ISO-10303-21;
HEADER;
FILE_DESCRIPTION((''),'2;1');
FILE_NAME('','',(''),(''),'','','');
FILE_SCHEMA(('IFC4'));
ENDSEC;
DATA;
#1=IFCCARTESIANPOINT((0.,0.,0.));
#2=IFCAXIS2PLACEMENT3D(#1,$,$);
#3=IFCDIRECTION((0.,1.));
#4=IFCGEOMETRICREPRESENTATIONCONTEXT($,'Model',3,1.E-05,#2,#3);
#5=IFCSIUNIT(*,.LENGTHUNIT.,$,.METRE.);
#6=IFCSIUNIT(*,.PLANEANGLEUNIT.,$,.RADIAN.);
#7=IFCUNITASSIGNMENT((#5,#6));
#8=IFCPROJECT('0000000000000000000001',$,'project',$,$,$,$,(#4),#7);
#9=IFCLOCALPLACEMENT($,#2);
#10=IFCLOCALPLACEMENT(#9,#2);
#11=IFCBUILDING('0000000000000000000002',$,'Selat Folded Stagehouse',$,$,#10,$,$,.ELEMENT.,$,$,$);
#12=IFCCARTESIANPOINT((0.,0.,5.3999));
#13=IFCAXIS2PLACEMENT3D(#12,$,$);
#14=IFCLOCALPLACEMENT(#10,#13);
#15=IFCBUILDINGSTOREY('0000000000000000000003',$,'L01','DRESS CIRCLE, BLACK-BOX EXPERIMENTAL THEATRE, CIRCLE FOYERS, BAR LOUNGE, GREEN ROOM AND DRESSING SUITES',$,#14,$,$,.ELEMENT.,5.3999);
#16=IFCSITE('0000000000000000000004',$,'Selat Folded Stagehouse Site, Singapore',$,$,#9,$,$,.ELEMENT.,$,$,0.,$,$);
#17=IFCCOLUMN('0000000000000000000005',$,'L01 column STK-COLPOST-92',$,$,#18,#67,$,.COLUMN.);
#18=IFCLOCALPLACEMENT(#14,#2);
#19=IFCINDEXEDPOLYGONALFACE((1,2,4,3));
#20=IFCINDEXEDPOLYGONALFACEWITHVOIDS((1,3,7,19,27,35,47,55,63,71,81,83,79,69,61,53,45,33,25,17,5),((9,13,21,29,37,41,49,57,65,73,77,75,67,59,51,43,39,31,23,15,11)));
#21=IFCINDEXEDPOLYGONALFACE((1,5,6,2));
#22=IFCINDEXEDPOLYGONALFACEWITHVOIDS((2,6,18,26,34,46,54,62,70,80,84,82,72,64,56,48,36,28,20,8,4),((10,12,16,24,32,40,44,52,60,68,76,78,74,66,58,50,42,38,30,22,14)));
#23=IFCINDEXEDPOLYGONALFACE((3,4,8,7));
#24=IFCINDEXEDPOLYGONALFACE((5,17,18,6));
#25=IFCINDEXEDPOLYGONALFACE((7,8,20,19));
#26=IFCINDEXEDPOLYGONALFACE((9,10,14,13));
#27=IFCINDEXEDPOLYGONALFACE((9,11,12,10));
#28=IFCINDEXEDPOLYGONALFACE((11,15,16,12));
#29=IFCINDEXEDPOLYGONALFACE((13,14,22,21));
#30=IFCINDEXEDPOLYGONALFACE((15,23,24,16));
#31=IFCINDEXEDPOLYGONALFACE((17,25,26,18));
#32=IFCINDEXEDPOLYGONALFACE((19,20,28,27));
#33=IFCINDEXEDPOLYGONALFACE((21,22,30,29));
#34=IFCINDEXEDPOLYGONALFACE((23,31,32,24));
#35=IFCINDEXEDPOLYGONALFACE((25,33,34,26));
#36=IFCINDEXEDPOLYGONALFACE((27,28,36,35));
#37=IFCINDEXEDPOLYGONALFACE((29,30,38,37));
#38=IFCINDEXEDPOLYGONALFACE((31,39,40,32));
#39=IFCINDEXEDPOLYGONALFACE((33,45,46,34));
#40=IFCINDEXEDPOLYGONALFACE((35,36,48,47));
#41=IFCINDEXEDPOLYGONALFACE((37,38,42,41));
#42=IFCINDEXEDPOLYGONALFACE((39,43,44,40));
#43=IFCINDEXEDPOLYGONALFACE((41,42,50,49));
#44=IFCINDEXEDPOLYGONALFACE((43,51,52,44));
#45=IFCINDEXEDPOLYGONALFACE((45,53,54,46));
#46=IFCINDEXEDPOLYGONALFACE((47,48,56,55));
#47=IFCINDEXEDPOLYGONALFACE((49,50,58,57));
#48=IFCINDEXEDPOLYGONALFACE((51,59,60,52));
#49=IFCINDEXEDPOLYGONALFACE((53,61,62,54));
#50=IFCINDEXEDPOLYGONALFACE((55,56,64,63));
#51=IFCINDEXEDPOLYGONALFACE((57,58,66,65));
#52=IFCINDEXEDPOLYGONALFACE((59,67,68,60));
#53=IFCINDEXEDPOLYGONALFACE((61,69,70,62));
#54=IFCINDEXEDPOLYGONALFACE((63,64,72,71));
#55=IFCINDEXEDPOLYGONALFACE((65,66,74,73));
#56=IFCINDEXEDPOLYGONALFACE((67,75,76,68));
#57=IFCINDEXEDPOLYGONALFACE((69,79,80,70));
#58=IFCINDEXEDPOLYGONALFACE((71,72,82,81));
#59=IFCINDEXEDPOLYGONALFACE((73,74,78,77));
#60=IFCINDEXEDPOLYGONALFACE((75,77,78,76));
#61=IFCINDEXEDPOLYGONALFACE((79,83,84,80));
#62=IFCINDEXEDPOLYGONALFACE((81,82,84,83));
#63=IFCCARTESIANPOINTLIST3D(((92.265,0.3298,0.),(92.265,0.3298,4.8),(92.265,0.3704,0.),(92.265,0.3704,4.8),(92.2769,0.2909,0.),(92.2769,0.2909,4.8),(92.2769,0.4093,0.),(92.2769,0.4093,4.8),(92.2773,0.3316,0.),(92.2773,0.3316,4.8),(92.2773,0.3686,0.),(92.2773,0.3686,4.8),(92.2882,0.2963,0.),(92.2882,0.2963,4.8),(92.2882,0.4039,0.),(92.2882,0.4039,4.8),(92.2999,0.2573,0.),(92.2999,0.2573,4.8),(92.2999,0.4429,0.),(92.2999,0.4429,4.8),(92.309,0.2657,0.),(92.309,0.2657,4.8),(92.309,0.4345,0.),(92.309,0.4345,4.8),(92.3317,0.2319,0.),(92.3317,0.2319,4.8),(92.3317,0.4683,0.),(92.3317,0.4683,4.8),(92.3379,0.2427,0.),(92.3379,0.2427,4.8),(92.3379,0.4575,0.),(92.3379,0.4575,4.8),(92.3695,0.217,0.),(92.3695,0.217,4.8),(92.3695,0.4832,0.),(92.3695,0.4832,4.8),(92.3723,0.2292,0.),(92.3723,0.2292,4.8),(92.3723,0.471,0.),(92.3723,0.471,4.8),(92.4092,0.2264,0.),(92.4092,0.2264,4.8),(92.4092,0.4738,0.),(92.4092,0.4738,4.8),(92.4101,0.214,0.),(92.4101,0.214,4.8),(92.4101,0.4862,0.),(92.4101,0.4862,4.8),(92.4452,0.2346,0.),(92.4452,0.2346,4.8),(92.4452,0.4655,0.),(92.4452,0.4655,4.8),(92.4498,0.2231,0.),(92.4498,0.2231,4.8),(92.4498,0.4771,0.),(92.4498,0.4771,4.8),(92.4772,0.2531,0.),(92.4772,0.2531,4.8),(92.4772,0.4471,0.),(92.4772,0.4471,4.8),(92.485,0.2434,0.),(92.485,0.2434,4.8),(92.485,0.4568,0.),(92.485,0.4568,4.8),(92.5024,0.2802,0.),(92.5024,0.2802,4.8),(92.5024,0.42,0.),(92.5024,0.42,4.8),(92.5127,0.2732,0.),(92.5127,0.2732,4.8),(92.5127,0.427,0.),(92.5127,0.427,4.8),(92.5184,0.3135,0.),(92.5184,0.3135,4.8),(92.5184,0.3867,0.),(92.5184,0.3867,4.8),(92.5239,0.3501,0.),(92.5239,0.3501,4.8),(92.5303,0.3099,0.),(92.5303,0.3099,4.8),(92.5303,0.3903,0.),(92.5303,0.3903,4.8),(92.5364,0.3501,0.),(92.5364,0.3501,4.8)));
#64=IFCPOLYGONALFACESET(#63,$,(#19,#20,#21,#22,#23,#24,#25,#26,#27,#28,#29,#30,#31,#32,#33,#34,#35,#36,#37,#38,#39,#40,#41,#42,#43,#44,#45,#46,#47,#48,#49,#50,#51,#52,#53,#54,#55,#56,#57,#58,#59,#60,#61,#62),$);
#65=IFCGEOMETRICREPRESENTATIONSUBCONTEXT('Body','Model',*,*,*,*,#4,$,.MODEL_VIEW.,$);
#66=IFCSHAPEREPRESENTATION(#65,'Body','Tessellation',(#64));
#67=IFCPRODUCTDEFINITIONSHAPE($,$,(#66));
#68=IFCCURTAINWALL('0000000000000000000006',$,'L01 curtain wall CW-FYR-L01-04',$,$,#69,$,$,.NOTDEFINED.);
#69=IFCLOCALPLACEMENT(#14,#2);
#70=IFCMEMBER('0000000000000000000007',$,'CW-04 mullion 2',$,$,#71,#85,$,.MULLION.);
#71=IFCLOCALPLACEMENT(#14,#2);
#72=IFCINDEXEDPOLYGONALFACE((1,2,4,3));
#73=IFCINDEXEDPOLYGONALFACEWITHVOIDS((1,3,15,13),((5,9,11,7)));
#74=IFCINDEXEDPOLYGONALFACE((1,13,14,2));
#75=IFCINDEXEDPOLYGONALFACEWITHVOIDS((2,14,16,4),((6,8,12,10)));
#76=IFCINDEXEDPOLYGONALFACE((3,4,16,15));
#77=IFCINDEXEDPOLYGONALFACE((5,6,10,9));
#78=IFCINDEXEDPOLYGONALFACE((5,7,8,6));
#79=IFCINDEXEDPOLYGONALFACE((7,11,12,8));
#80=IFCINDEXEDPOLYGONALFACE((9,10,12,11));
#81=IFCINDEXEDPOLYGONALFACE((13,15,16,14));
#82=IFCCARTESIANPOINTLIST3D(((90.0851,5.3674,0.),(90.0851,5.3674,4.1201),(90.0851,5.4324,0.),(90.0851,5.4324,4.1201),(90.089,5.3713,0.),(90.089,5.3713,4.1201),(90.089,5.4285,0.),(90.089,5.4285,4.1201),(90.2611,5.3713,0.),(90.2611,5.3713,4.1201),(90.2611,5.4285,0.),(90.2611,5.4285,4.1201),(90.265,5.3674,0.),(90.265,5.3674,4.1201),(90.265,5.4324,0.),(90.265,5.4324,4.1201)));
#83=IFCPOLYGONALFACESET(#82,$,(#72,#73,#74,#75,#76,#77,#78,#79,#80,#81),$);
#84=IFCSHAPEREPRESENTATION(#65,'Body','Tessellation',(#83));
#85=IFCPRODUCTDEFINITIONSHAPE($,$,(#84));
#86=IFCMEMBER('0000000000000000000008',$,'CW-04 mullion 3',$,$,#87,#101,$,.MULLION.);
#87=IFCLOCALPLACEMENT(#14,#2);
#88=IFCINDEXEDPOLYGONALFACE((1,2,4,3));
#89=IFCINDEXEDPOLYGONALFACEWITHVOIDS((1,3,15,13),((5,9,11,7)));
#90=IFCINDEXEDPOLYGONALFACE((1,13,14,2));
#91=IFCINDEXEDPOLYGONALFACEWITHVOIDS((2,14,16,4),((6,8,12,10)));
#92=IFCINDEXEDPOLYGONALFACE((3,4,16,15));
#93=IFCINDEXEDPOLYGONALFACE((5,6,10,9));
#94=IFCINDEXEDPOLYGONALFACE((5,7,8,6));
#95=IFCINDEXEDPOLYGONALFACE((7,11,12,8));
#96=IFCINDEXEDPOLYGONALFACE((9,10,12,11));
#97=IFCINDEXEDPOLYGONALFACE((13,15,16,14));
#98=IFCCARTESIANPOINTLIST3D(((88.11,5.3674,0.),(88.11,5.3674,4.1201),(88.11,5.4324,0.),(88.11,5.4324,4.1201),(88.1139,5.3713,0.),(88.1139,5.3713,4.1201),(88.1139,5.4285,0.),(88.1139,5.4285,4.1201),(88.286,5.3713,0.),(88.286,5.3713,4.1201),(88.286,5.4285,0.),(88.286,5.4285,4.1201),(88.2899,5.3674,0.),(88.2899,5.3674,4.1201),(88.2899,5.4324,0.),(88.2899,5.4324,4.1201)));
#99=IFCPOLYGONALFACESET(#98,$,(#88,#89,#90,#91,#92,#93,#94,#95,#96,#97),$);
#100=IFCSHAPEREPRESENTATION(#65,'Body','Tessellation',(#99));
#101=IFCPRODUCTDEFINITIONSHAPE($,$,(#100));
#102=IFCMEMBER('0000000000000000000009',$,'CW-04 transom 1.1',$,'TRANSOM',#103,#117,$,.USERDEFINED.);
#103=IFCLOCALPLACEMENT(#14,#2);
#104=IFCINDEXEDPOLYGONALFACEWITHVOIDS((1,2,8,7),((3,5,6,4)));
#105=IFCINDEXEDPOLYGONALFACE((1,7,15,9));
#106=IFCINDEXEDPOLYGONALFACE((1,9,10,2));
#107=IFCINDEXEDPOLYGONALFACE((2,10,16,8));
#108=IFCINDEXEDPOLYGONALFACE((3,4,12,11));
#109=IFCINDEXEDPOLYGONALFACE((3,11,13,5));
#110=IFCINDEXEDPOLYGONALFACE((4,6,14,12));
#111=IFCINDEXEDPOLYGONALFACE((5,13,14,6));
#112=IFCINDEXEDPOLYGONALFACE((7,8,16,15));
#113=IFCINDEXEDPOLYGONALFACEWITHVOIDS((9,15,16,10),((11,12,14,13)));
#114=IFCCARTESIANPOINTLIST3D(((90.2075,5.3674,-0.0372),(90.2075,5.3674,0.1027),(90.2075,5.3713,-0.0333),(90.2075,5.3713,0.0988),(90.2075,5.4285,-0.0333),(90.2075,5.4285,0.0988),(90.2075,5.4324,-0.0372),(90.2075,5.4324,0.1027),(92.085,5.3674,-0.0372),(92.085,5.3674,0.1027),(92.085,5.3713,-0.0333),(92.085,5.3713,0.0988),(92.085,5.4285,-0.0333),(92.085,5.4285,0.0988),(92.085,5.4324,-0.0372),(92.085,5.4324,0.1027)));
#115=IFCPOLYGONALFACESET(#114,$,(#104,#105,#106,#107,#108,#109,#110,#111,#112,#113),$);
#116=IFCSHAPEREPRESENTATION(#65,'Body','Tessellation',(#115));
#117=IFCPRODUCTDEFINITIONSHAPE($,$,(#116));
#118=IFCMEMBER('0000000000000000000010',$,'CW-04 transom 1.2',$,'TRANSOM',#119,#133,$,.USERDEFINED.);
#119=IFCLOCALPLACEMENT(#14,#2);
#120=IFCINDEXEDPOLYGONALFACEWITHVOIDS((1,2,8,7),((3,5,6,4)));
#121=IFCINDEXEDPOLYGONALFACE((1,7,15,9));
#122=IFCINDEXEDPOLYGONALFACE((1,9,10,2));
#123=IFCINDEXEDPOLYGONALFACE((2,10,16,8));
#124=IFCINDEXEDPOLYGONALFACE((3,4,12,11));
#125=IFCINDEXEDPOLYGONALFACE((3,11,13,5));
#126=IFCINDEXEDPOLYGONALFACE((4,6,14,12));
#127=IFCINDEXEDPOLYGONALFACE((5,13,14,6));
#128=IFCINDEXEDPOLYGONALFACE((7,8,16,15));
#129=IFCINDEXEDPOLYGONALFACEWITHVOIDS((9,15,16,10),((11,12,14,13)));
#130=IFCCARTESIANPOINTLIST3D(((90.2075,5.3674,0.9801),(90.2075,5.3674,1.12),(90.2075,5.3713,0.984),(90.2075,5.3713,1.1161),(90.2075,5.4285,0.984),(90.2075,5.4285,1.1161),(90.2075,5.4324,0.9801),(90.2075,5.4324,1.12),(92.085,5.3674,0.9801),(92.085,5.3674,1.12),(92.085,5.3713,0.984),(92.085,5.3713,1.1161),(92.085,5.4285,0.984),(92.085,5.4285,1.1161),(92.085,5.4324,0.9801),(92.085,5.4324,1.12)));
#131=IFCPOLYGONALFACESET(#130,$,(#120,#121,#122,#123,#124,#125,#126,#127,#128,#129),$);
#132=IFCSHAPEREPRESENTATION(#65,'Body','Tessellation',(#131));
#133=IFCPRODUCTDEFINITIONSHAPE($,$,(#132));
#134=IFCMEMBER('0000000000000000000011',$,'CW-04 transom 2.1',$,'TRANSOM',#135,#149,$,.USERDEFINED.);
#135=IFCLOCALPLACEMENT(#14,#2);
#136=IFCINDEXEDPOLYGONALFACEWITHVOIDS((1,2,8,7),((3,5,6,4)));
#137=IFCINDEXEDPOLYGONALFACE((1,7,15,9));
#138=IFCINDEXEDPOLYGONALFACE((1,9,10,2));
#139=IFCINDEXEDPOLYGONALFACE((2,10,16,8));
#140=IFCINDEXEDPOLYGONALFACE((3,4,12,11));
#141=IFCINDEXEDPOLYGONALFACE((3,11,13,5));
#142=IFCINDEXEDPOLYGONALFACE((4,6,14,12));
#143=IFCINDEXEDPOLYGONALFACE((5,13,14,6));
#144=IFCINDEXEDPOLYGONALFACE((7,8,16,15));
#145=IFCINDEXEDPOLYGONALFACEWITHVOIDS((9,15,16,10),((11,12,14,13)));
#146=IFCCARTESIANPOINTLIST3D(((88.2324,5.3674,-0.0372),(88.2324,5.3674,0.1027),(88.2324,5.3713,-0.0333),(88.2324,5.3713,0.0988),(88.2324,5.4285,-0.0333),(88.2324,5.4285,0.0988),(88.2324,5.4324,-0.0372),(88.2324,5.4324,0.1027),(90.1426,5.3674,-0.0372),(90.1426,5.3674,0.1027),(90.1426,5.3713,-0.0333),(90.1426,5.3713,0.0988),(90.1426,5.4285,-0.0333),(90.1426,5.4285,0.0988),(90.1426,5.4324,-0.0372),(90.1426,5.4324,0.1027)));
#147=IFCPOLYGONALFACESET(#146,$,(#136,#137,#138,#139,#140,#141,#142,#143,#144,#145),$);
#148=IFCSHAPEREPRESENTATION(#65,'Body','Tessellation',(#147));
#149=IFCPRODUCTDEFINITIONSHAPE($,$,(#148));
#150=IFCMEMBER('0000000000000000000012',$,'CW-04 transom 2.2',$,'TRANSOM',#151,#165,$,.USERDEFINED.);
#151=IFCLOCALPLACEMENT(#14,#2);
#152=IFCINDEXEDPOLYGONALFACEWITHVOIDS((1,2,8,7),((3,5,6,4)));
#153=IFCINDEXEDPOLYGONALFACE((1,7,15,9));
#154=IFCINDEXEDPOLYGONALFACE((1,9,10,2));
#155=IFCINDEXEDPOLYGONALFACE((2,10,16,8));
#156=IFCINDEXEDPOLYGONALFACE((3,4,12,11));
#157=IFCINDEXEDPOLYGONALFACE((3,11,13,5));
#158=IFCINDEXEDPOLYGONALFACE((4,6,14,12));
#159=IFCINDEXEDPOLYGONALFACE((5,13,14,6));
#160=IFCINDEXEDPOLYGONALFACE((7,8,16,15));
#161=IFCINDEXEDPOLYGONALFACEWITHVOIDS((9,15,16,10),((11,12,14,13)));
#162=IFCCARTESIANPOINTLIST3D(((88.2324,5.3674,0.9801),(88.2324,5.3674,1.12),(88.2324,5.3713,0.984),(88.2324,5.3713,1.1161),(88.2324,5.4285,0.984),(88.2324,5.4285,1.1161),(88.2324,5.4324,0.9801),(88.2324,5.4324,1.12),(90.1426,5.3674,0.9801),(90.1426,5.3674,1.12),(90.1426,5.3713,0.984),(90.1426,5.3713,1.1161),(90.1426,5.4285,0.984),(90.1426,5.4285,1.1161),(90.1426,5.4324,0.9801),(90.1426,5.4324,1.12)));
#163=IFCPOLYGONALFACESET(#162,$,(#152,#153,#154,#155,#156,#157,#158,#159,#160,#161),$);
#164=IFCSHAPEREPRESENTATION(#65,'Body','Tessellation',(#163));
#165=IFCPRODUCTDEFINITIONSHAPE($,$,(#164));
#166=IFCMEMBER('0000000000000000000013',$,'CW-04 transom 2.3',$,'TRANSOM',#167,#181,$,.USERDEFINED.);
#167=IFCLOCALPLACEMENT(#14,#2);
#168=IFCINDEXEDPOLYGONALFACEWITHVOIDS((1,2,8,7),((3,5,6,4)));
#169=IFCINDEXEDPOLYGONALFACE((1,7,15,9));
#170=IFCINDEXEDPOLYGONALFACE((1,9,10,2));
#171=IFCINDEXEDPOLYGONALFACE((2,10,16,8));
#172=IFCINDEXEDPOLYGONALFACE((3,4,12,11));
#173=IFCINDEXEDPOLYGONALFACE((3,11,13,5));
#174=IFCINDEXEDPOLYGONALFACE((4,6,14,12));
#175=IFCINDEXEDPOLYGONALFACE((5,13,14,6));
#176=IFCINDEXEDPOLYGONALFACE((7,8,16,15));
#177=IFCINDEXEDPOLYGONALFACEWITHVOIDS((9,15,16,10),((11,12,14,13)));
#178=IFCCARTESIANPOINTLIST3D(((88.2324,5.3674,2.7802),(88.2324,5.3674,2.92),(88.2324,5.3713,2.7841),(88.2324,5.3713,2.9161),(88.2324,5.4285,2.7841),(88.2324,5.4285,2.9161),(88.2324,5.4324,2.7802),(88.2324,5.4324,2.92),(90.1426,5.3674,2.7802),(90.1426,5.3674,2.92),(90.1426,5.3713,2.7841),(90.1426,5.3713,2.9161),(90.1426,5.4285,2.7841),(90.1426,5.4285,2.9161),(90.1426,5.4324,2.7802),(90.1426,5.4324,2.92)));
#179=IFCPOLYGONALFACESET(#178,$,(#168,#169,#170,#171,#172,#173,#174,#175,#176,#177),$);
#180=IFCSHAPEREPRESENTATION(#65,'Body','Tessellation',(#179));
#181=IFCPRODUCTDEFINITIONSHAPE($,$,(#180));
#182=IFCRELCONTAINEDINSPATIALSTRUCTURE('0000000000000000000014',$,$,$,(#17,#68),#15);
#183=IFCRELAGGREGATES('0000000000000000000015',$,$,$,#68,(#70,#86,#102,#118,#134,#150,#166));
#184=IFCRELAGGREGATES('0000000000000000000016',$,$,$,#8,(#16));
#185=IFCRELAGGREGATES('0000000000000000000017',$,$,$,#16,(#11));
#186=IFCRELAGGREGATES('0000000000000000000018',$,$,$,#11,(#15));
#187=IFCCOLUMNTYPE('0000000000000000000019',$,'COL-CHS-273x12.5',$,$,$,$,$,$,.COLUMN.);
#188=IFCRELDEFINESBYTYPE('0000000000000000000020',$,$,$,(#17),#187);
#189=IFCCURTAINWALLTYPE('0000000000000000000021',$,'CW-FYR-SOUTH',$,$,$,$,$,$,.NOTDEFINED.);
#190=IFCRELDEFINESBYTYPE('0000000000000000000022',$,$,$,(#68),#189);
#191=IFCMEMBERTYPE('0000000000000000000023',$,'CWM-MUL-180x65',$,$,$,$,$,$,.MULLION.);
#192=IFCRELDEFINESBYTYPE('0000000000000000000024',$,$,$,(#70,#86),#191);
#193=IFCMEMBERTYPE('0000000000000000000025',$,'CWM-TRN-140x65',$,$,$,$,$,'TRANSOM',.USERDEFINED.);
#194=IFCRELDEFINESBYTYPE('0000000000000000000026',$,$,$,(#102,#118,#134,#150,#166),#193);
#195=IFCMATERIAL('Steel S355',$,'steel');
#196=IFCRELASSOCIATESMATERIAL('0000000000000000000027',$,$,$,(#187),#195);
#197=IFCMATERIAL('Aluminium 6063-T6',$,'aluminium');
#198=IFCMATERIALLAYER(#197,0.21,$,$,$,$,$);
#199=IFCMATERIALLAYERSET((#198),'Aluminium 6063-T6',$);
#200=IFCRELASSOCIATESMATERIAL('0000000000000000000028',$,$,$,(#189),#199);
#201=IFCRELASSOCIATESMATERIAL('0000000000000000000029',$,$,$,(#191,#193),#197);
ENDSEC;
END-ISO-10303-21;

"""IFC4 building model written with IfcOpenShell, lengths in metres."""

from ifc_helpers import new_model, si_unit, direction, frame, origin, origin_2d, place, context, subcontext, project, spatial, hollow_rectangle, hollow_circle, extrude, material, layer, layer_set, material_profile, profile_set, type_object, element, aggregate, save


model = new_model("IFC4")

# Units and contexts
model_context = context("Model", 3, precision=1e-05, world=origin(), true_north=direction((0.0, 1.0)))
body_context = subcontext(model_context, "Body", "Model", "MODEL_VIEW")
ifc_project = project(units=[si_unit("LENGTHUNIT", "METRE"), si_unit("PLANEANGLEUNIT", "RADIAN")], contexts=[model_context])

# Site, building, storey
site_placement = place(None, origin())
site = spatial("IfcSite", under=ifc_project, at=site_placement, Name="Selat Folded Stagehouse Site, Singapore", CompositionType="ELEMENT", RefElevation=0.0)
building_placement = place(site_placement, origin())
building = spatial("IfcBuilding", under=site, at=building_placement, Name="Selat Folded Stagehouse", CompositionType="ELEMENT")
storey_placement = place(building_placement, frame((0.0, 0.0, 5.3999)))
storey = spatial("IfcBuildingStorey", under=building, at=storey_placement, Name="L01", Description="DRESS CIRCLE, BLACK-BOX EXPERIMENTAL THEATRE, CIRCLE FOYERS, BAR LOUNGE, GREEN ROOM AND DRESSING SUITES", CompositionType="ELEMENT", Elevation=5.3999)

# Column
ifc_material_1 = material(Name="Steel S355", Category="steel")
ifc_material_profile_1 = material_profile(ifc_material_1, hollow_circle(Radius=0.1365, WallThickness=0.0125, at=origin_2d()), Name="CHS 273.0x12.5")
ifc_profile_set_1 = profile_set([ifc_material_profile_1], Name="Steel S355")
column_type = type_object("IfcColumnType", Name="COL-CHS-273x12.5", PredefinedType="COLUMN", material=ifc_profile_set_1)
column_placement = place(storey_placement, frame((92.3999, 0.3501, 0.0), z_axis=(0.0, 0.0, 1.0), x_axis=(1.0, 0.0, 0.0)))
element("IfcColumn", 1, at=column_placement, inside=storey, type_object=column_type, Name="L01 column STK-COLPOST-92", PredefinedType="COLUMN", context=body_context, shape_type="SweptSolid", body=[
    extrude(hollow_circle(Radius=0.1365, WallThickness=0.0125, at=origin_2d()), origin(), (0.0, 0.0, 1.0), 4.8),
])

# Curtain wall, members
ifc_material_2 = material(Name="Aluminium 6063-T6", Category="aluminium")
ifc_layer_1 = layer(ifc_material_2, 0.21)
ifc_layer_set_1 = layer_set([ifc_layer_1], Name="Aluminium 6063-T6")
curtain_wall_type = type_object("IfcCurtainWallType", Name="CW-FYR-SOUTH", PredefinedType="NOTDEFINED", material=ifc_layer_set_1)
curtain_wall_placement = place(storey_placement, origin())
curtain_wall = element("IfcCurtainWall", 2, at=curtain_wall_placement, inside=storey, type_object=curtain_wall_type, Name="L01 curtain wall CW-FYR-L01-04", PredefinedType="NOTDEFINED")
ifc_material_profile_2 = material_profile(ifc_material_2, hollow_rectangle(XDim=0.0649, YDim=0.1799, WallThickness=0.0039, at=origin_2d()), Name="ALU 180x65x4.0")
ifc_profile_set_2 = profile_set([ifc_material_profile_2], Name="Aluminium 6063-T6")
member_type_1 = type_object("IfcMemberType", Name="CWM-MUL-180x65", PredefinedType="MULLION", material=ifc_profile_set_2)
member_1_placement = place(storey_placement, frame((90.175, 5.3999, 0.0), z_axis=(0.0, 0.0, 1.0), x_axis=(0.0, -1.0, 0.0)))
member_1 = element("IfcMember", 3, at=member_1_placement, type_object=member_type_1, Name="CW-04 mullion 2", PredefinedType="MULLION", context=body_context, shape_type="SweptSolid", body=[
    extrude(hollow_rectangle(XDim=0.0649, YDim=0.1799, WallThickness=0.0039, at=origin_2d()), origin(), (0.0, 0.0, 1.0), 4.1201),
])
member_2_placement = place(storey_placement, frame((88.2, 5.3999, 0.0), z_axis=(0.0, 0.0, 1.0), x_axis=(0.0, -1.0, 0.0)))
member_2 = element("IfcMember", 4, at=member_2_placement, type_object=member_type_1, Name="CW-04 mullion 3", PredefinedType="MULLION", context=body_context, shape_type="SweptSolid", body=[
    extrude(hollow_rectangle(XDim=0.0649, YDim=0.1799, WallThickness=0.0039, at=origin_2d()), origin(), (0.0, 0.0, 1.0), 4.1201),
])
ifc_material_profile_3 = material_profile(ifc_material_2, hollow_rectangle(XDim=0.0649, YDim=0.1399, WallThickness=0.0039, at=origin_2d()), Name="ALU 140x65x4.0")
ifc_profile_set_3 = profile_set([ifc_material_profile_3], Name="Aluminium 6063-T6")
member_type_2 = type_object("IfcMemberType", Name="CWM-TRN-140x65", ElementType="TRANSOM", PredefinedType="USERDEFINED", material=ifc_profile_set_3)
member_3_placement = place(storey_placement, frame((92.085, 5.3999, 0.0327), z_axis=(-1.0, 0.0, 0.0), x_axis=(0.0, -1.0, 0.0)))
member_3 = element("IfcMember", 5, at=member_3_placement, type_object=member_type_2, Name="CW-04 transom 1.1", ObjectType="TRANSOM", PredefinedType="USERDEFINED", context=body_context, shape_type="SweptSolid", body=[
    extrude(hollow_rectangle(XDim=0.0649, YDim=0.1399, WallThickness=0.0039, at=origin_2d()), origin(), (0.0, 0.0, 1.0), 1.8774),
])
member_4_placement = place(storey_placement, frame((92.085, 5.3999, 1.05), z_axis=(-1.0, 0.0, 0.0), x_axis=(0.0, -1.0, 0.0)))
member_4 = element("IfcMember", 6, at=member_4_placement, type_object=member_type_2, Name="CW-04 transom 1.2", ObjectType="TRANSOM", PredefinedType="USERDEFINED", context=body_context, shape_type="SweptSolid", body=[
    extrude(hollow_rectangle(XDim=0.0649, YDim=0.1399, WallThickness=0.0039, at=origin_2d()), origin(), (0.0, 0.0, 1.0), 1.8774),
])
member_5_placement = place(storey_placement, frame((90.1426, 5.3999, 0.0327), z_axis=(-1.0, 0.0, 0.0), x_axis=(0.0, -1.0, 0.0)))
member_5 = element("IfcMember", 7, at=member_5_placement, type_object=member_type_2, Name="CW-04 transom 2.1", ObjectType="TRANSOM", PredefinedType="USERDEFINED", context=body_context, shape_type="SweptSolid", body=[
    extrude(hollow_rectangle(XDim=0.0649, YDim=0.1399, WallThickness=0.0039, at=origin_2d()), origin(), (0.0, 0.0, 1.0), 1.9102),
])
member_6_placement = place(storey_placement, frame((90.1426, 5.3999, 1.05), z_axis=(-1.0, 0.0, 0.0), x_axis=(0.0, -1.0, 0.0)))
member_6 = element("IfcMember", 8, at=member_6_placement, type_object=member_type_2, Name="CW-04 transom 2.2", ObjectType="TRANSOM", PredefinedType="USERDEFINED", context=body_context, shape_type="SweptSolid", body=[
    extrude(hollow_rectangle(XDim=0.0649, YDim=0.1399, WallThickness=0.0039, at=origin_2d()), origin(), (0.0, 0.0, 1.0), 1.9102),
])
member_7_placement = place(storey_placement, frame((90.1426, 5.3999, 2.8501), z_axis=(-1.0, 0.0, 0.0), x_axis=(0.0, -1.0, 0.0)))
member_7 = element("IfcMember", 9, at=member_7_placement, type_object=member_type_2, Name="CW-04 transom 2.3", ObjectType="TRANSOM", PredefinedType="USERDEFINED", context=body_context, shape_type="SweptSolid", body=[
    extrude(hollow_rectangle(XDim=0.0649, YDim=0.1399, WallThickness=0.0039, at=origin_2d()), origin(), (0.0, 0.0, 1.0), 1.9102),
])

aggregate(curtain_wall, [member_1, member_2, member_3, member_4, member_5, member_6, member_7])

save(model, "model.ifc")
